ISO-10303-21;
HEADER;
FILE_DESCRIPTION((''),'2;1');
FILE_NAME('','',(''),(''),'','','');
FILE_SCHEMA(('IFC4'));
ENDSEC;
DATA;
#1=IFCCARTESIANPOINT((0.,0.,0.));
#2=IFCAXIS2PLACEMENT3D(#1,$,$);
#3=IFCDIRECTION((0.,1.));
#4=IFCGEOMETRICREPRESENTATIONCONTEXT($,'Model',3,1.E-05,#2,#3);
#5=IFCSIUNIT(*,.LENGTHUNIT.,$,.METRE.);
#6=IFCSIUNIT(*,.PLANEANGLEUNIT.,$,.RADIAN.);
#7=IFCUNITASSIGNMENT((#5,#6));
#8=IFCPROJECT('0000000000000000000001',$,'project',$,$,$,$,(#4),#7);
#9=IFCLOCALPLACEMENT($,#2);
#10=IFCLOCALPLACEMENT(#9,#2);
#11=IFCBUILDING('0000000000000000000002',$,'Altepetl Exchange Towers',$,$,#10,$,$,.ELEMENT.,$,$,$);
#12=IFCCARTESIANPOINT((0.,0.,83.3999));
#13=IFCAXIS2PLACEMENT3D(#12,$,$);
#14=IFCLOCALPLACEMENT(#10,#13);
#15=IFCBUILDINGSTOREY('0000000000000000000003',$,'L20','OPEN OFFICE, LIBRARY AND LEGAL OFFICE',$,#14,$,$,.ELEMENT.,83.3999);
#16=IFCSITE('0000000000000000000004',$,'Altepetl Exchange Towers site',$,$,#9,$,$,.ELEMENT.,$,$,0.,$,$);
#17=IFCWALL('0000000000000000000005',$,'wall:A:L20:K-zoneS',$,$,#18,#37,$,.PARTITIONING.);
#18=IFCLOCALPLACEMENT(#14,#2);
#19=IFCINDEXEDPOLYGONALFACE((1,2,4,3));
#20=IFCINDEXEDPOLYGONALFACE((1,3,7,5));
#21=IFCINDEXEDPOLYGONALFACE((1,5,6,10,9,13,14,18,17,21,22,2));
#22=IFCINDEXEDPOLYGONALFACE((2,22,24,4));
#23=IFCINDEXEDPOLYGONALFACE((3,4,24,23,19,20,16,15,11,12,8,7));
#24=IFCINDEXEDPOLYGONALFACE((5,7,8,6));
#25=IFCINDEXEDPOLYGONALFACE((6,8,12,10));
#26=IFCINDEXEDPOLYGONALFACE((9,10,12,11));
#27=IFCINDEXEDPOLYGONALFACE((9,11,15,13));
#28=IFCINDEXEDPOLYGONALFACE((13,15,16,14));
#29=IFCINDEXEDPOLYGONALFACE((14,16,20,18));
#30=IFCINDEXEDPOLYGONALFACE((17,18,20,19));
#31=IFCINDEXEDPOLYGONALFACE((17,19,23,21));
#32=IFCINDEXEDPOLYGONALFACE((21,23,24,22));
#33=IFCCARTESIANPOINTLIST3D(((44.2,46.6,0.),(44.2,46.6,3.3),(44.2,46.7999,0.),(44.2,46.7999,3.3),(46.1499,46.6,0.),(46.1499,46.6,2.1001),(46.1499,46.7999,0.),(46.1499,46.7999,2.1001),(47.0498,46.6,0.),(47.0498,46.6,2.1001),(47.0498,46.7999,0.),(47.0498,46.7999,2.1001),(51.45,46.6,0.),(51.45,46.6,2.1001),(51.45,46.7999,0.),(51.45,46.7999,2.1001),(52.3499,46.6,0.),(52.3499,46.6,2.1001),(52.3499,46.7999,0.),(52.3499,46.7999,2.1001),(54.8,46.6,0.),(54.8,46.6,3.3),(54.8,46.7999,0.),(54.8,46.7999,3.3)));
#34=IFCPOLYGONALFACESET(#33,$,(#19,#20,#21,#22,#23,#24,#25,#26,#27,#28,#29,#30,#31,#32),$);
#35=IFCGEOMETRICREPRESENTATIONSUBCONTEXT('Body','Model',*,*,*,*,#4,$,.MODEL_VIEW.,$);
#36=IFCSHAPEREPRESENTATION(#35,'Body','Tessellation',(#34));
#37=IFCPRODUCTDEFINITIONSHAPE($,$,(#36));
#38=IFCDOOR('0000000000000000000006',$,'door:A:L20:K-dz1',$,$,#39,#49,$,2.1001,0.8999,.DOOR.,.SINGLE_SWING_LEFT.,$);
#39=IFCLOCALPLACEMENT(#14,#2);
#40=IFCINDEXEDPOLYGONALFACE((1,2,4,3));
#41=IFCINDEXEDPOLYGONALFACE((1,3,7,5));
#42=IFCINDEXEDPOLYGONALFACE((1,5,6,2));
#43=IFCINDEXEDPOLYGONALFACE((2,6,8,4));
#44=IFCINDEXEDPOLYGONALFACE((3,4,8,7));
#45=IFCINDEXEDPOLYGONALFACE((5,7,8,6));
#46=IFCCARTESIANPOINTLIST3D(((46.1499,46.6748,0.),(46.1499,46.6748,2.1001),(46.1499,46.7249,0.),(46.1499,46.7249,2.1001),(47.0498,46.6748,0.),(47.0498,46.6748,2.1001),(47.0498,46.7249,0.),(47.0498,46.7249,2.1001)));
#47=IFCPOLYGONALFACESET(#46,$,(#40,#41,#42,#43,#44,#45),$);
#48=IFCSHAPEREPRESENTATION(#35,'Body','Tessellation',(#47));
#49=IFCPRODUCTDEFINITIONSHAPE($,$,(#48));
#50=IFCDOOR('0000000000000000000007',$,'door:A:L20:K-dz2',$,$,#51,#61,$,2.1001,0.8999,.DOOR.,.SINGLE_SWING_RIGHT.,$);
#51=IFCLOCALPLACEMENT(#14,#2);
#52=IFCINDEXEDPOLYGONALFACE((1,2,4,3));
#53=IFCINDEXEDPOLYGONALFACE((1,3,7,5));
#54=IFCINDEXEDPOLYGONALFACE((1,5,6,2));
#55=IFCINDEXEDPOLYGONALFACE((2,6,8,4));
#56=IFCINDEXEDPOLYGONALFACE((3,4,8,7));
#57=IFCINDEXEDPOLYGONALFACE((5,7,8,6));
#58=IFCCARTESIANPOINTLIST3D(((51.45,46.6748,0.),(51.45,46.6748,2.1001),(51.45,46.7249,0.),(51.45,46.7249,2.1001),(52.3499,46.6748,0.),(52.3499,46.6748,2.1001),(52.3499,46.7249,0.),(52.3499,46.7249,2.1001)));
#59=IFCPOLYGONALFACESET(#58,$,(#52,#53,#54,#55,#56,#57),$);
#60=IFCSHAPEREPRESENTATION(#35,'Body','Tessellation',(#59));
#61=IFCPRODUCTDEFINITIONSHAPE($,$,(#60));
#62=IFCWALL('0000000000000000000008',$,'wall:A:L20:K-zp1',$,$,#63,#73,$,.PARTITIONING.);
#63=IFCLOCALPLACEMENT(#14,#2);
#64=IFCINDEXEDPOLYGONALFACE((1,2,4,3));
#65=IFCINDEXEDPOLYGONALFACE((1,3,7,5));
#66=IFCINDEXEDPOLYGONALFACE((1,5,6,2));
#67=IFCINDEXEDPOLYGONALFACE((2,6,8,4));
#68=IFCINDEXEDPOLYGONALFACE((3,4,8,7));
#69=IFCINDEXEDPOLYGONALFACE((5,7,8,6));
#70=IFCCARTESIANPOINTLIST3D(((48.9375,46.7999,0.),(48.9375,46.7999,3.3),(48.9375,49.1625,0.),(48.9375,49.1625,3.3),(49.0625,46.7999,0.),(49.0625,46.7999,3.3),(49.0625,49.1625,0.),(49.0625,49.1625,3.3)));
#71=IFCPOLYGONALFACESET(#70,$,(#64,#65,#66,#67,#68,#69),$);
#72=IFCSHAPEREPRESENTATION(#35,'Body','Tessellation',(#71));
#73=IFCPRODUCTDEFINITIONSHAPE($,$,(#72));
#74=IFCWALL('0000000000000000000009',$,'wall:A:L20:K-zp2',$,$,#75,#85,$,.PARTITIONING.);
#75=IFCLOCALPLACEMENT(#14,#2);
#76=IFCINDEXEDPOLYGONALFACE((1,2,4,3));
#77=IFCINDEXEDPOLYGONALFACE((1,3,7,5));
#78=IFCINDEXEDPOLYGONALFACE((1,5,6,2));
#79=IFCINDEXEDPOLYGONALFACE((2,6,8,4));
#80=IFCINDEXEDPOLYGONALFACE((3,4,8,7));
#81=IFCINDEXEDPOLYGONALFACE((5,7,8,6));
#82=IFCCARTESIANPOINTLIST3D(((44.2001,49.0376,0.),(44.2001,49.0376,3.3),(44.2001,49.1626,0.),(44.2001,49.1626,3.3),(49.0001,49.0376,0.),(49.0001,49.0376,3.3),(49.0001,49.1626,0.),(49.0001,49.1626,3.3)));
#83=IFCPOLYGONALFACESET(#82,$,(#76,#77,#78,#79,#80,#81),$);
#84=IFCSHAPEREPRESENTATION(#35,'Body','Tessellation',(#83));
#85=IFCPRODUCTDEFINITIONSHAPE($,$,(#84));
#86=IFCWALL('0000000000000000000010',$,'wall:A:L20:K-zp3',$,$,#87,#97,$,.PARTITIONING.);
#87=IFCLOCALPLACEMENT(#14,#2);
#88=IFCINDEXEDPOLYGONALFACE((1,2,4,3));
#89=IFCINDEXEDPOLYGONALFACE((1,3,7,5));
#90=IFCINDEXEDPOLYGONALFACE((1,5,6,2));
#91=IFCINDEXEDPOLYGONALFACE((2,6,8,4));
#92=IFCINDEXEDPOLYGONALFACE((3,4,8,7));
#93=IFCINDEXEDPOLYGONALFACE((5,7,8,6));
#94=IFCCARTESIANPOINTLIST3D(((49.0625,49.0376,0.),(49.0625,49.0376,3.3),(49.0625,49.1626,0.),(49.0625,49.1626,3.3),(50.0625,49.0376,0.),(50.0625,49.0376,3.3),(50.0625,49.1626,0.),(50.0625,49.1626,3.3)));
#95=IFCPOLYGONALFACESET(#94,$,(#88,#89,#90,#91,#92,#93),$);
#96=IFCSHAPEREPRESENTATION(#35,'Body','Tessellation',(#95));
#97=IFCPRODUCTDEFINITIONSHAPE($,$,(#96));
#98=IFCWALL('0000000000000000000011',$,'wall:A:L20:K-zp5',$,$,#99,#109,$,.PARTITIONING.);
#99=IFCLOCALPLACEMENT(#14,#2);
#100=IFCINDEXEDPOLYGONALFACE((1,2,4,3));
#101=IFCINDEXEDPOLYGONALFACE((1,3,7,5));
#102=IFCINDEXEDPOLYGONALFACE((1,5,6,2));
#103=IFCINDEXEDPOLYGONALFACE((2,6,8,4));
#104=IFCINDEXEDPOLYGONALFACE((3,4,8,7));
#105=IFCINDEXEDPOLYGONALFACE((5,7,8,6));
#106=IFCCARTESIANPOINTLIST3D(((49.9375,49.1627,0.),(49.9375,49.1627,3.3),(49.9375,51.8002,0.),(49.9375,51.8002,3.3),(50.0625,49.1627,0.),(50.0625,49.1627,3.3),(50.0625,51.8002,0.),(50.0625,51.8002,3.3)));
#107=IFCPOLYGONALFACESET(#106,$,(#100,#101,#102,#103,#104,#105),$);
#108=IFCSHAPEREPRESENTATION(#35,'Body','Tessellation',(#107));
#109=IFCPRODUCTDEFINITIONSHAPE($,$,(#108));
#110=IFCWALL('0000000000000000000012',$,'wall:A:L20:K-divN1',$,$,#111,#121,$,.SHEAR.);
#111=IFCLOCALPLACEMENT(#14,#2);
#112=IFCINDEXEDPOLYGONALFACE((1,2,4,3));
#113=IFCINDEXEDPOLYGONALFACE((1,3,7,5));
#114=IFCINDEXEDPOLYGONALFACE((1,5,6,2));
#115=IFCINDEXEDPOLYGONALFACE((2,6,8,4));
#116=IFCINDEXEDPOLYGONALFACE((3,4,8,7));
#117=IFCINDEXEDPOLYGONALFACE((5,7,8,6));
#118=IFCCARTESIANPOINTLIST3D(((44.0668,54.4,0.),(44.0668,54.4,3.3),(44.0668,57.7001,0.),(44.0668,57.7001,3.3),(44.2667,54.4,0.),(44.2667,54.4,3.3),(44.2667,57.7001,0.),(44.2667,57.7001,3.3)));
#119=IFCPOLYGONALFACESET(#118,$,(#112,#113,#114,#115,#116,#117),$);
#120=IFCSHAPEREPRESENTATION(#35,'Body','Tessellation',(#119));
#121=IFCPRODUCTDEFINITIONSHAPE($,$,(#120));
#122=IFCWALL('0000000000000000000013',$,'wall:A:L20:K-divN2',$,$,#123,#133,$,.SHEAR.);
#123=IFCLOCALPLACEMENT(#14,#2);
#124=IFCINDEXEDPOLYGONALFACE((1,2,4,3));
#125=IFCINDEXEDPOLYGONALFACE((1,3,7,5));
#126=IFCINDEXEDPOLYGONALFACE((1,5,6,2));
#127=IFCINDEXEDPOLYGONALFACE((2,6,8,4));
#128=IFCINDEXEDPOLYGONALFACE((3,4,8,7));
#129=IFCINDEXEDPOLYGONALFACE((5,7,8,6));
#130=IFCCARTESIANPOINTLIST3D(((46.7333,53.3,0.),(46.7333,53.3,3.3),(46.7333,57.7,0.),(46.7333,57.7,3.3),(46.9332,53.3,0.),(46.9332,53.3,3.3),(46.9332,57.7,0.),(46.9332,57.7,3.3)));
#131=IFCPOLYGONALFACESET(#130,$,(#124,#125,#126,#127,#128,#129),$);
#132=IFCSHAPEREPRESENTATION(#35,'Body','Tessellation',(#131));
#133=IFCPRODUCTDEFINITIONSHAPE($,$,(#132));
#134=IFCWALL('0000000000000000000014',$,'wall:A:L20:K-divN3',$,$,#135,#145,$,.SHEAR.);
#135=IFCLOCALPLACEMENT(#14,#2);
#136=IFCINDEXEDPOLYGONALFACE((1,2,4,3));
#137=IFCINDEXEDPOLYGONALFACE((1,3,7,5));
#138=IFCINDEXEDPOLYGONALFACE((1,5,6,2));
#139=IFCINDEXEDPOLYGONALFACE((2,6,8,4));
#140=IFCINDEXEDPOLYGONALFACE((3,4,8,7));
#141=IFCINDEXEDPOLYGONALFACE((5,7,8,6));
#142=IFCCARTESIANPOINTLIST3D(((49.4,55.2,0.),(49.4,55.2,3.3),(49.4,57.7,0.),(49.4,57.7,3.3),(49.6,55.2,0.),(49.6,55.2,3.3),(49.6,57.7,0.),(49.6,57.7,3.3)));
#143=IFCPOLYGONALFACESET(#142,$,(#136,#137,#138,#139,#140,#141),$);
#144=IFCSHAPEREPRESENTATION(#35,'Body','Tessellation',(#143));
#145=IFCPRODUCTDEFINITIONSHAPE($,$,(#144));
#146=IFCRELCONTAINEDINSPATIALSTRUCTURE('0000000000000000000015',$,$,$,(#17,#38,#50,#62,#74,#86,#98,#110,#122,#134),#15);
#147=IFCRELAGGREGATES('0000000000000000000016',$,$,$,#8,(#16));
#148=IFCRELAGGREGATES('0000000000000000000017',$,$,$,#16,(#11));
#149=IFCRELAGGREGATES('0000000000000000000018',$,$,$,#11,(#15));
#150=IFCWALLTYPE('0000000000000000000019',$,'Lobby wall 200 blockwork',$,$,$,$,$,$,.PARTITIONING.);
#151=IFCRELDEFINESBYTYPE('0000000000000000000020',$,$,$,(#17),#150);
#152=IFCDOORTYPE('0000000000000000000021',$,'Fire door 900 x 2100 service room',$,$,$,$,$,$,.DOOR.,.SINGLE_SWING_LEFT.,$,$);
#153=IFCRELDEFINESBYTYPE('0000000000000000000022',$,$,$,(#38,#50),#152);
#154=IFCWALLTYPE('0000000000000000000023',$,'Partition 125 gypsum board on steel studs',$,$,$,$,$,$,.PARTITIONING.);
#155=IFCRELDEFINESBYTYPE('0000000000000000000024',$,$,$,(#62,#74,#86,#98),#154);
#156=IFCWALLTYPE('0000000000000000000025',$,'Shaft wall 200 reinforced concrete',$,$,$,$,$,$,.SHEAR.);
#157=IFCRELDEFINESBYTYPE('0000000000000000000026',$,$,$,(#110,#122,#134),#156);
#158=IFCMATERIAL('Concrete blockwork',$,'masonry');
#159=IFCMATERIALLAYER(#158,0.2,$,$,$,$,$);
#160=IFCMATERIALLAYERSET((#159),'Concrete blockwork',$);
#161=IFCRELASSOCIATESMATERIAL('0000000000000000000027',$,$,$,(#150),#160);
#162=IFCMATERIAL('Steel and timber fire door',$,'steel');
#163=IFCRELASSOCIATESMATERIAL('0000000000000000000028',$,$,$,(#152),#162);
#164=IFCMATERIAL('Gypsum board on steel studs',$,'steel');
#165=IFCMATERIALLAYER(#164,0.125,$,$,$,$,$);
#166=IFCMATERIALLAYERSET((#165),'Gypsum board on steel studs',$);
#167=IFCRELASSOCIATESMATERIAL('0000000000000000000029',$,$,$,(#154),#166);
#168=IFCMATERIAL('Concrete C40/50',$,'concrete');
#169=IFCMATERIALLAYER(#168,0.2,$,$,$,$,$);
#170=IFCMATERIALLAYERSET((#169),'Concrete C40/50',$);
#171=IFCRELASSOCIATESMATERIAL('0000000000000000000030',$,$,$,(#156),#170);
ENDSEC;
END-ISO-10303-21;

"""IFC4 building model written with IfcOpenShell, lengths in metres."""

from ifc_helpers import new_model, si_unit, direction, frame, frame_2d, origin, place, context, subcontext, project, spatial, rectangle, extrude, material, layer, layer_set, type_object, element, fill, save


model = new_model("IFC4")

# Units and contexts
model_context = context("Model", 3, precision=1e-05, world=origin(), true_north=direction((0.0, 1.0)))
body_context = subcontext(model_context, "Body", "Model", "MODEL_VIEW")
ifc_project = project(units=[si_unit("LENGTHUNIT", "METRE"), si_unit("PLANEANGLEUNIT", "RADIAN")], contexts=[model_context])

# Site, building, storey
site_placement = place(None, origin())
site = spatial("IfcSite", under=ifc_project, at=site_placement, Name="Altepetl Exchange Towers site", CompositionType="ELEMENT", RefElevation=0.0)
building_placement = place(site_placement, origin())
building = spatial("IfcBuilding", under=site, at=building_placement, Name="Altepetl Exchange Towers", CompositionType="ELEMENT")
storey_placement = place(building_placement, frame((0.0, 0.0, 83.3999)))
storey = spatial("IfcBuildingStorey", under=building, at=storey_placement, Name="L20", Description="OPEN OFFICE, LIBRARY AND LEGAL OFFICE", CompositionType="ELEMENT", Elevation=83.3999)

# Shared definitions
ifc_material_1 = material(Name="Concrete blockwork", Category="masonry")
ifc_layer_1 = layer(ifc_material_1, 0.2)
ifc_layer_set_1 = layer_set([ifc_layer_1], Name="Concrete blockwork")
wall_type_1 = type_object("IfcWallType", Name="Lobby wall 200 blockwork", PredefinedType="PARTITIONING", material=ifc_layer_set_1)

# Shared definitions
ifc_material_2 = material(Name="Steel and timber fire door", Category="steel")

# Wall, openings, doors
door_type_1 = type_object("IfcDoorType", Name="Fire door 900 x 2100 service room", OperationType="SINGLE_SWING_LEFT", PredefinedType="DOOR", material=ifc_material_2)
wall_1_placement = place(storey_placement, frame((44.2, 46.7, 0.0)))
wall_1 = element("IfcWall", 1, at=wall_1_placement, inside=storey, type_object=wall_type_1, Name="wall:A:L20:K-zoneS", PredefinedType="PARTITIONING", context=body_context, shape_type="SweptSolid", body=[
    extrude(rectangle(XDim=10.6001, YDim=0.2, at=frame_2d((5.3, 0.0))), origin(), (0.0, 0.0, 1.0), 3.3),
])
opening_1_placement = place(wall_1_placement, frame((1.95, 0.0, 0.0)))
opening_1 = element("IfcOpeningElement", 2, at=opening_1_placement, cuts=wall_1, PredefinedType="OPENING", context=body_context, shape_type="SweptSolid", body=[
    extrude(rectangle(XDim=0.8999, YDim=2.1001, at=frame_2d((0.45, 1.05))), frame((0.0, 0.1099, 0.0), z_axis=(0.0, -1.0, 0.0), x_axis=(1.0, 0.0, 0.0)), (0.0, 0.0, 1.0), 0.22),
])
opening_2_placement = place(wall_1_placement, frame((7.25, 0.0, 0.0)))
opening_2 = element("IfcOpeningElement", 3, at=opening_2_placement, cuts=wall_1, PredefinedType="OPENING", context=body_context, shape_type="SweptSolid", body=[
    extrude(rectangle(XDim=0.8999, YDim=2.1001, at=frame_2d((0.45, 1.05))), frame((0.0, 0.1099, 0.0), z_axis=(0.0, -1.0, 0.0), x_axis=(1.0, 0.0, 0.0)), (0.0, 0.0, 1.0), 0.22),
])
door_1_placement = place(opening_1_placement, origin())
door_1 = element("IfcDoor", 4, at=door_1_placement, inside=storey, type_object=door_type_1, Name="door:A:L20:K-dz1", OperationType="SINGLE_SWING_LEFT", OverallHeight=2.1001, OverallWidth=0.8999, PredefinedType="DOOR", context=body_context, shape_type="SweptSolid", body=[
    extrude(rectangle(XDim=0.8999, YDim=2.1001, at=frame_2d((0.45, 1.05))), frame((0.0, 0.0249, 0.0), z_axis=(0.0, -1.0, 0.0), x_axis=(1.0, 0.0, 0.0)), (0.0, 0.0, 1.0), 0.05),
])
fill(opening_1, door_1)
door_2_placement = place(opening_2_placement, origin())
door_2 = element("IfcDoor", 5, at=door_2_placement, inside=storey, type_object=door_type_1, Name="door:A:L20:K-dz2", OperationType="SINGLE_SWING_RIGHT", OverallHeight=2.1001, OverallWidth=0.8999, PredefinedType="DOOR", context=body_context, shape_type="SweptSolid", body=[
    extrude(rectangle(XDim=0.8999, YDim=2.1001, at=frame_2d((0.45, 1.05))), frame((0.0, 0.0249, 0.0), z_axis=(0.0, -1.0, 0.0), x_axis=(1.0, 0.0, 0.0)), (0.0, 0.0, 1.0), 0.05),
])
fill(opening_2, door_2)

# Walls
ifc_material_3 = material(Name="Gypsum board on steel studs", Category="steel")
ifc_layer_2 = layer(ifc_material_3, 0.125)
ifc_layer_set_2 = layer_set([ifc_layer_2], Name="Gypsum board on steel studs")
wall_type_2 = type_object("IfcWallType", Name="Partition 125 gypsum board on steel studs", PredefinedType="PARTITIONING", material=ifc_layer_set_2)
wall_2_placement = place(storey_placement, frame((49.0, 46.8, 0.0), z_axis=(0.0, 0.0, 1.0), x_axis=(0.0, 1.0, 0.0)))
element("IfcWall", 6, at=wall_2_placement, inside=storey, type_object=wall_type_2, Name="wall:A:L20:K-zp1", PredefinedType="PARTITIONING", context=body_context, shape_type="SweptSolid", body=[
    extrude(rectangle(XDim=2.3625, YDim=0.125, at=frame_2d((1.1812, 0.0))), origin(), (0.0, 0.0, 1.0), 3.3),
])
wall_3_placement = place(storey_placement, frame((49.0, 49.1001, 0.0), z_axis=(0.0, 0.0, 1.0), x_axis=(-1.0, 0.0, 0.0)))
element("IfcWall", 7, at=wall_3_placement, inside=storey, type_object=wall_type_2, Name="wall:A:L20:K-zp2", PredefinedType="PARTITIONING", context=body_context, shape_type="SweptSolid", body=[
    extrude(rectangle(XDim=4.8, YDim=0.125, at=frame_2d((2.3999, 0.0))), origin(), (0.0, 0.0, 1.0), 3.3),
])
wall_4_placement = place(storey_placement, frame((50.0625, 49.1001, 0.0), z_axis=(0.0, 0.0, 1.0), x_axis=(-1.0, 0.0, 0.0)))
element("IfcWall", 8, at=wall_4_placement, inside=storey, type_object=wall_type_2, Name="wall:A:L20:K-zp3", PredefinedType="PARTITIONING", context=body_context, shape_type="SweptSolid", body=[
    extrude(rectangle(XDim=1.0, YDim=0.125, at=frame_2d((0.5, 0.0))), origin(), (0.0, 0.0, 1.0), 3.3),
])
wall_5_placement = place(storey_placement, frame((50.0, 49.1626, 0.0), z_axis=(0.0, 0.0, 1.0), x_axis=(0.0, 1.0, 0.0)))
element("IfcWall", 9, at=wall_5_placement, inside=storey, type_object=wall_type_2, Name="wall:A:L20:K-zp5", PredefinedType="PARTITIONING", context=body_context, shape_type="SweptSolid", body=[
    extrude(rectangle(XDim=2.6375, YDim=0.125, at=frame_2d((1.3188, 0.0))), origin(), (0.0, 0.0, 1.0), 3.3),
])
ifc_material_4 = material(Name="Concrete C40/50", Category="concrete")
ifc_layer_3 = layer(ifc_material_4, 0.2)
ifc_layer_set_3 = layer_set([ifc_layer_3], Name="Concrete C40/50")
wall_type_3 = type_object("IfcWallType", Name="Shaft wall 200 reinforced concrete", PredefinedType="SHEAR", material=ifc_layer_set_3)
wall_6_placement = place(storey_placement, frame((44.1667, 57.7, 0.0), z_axis=(0.0, 0.0, 1.0), x_axis=(0.0, -1.0, 0.0)))
element("IfcWall", 10, at=wall_6_placement, inside=storey, type_object=wall_type_3, Name="wall:A:L20:K-divN1", PredefinedType="SHEAR", context=body_context, shape_type="SweptSolid", body=[
    extrude(rectangle(XDim=3.3, YDim=0.2, at=frame_2d((1.6499, 0.0))), origin(), (0.0, 0.0, 1.0), 3.3),
])
wall_7_placement = place(storey_placement, frame((46.8333, 57.7, 0.0), z_axis=(0.0, 0.0, 1.0), x_axis=(0.0, -1.0, 0.0)))
element("IfcWall", 11, at=wall_7_placement, inside=storey, type_object=wall_type_3, Name="wall:A:L20:K-divN2", PredefinedType="SHEAR", context=body_context, shape_type="SweptSolid", body=[
    extrude(rectangle(XDim=4.3999, YDim=0.2, at=frame_2d((2.2, 0.0))), origin(), (0.0, 0.0, 1.0), 3.3),
])
wall_8_placement = place(storey_placement, frame((49.5, 57.7, 0.0), z_axis=(0.0, 0.0, 1.0), x_axis=(0.0, -1.0, 0.0)))
element("IfcWall", 12, at=wall_8_placement, inside=storey, type_object=wall_type_3, Name="wall:A:L20:K-divN3", PredefinedType="SHEAR", context=body_context, shape_type="SweptSolid", body=[
    extrude(rectangle(XDim=2.5, YDim=0.2, at=frame_2d((1.25, 0.0))), origin(), (0.0, 0.0, 1.0), 3.3),
])

save(model, "model.ifc")
